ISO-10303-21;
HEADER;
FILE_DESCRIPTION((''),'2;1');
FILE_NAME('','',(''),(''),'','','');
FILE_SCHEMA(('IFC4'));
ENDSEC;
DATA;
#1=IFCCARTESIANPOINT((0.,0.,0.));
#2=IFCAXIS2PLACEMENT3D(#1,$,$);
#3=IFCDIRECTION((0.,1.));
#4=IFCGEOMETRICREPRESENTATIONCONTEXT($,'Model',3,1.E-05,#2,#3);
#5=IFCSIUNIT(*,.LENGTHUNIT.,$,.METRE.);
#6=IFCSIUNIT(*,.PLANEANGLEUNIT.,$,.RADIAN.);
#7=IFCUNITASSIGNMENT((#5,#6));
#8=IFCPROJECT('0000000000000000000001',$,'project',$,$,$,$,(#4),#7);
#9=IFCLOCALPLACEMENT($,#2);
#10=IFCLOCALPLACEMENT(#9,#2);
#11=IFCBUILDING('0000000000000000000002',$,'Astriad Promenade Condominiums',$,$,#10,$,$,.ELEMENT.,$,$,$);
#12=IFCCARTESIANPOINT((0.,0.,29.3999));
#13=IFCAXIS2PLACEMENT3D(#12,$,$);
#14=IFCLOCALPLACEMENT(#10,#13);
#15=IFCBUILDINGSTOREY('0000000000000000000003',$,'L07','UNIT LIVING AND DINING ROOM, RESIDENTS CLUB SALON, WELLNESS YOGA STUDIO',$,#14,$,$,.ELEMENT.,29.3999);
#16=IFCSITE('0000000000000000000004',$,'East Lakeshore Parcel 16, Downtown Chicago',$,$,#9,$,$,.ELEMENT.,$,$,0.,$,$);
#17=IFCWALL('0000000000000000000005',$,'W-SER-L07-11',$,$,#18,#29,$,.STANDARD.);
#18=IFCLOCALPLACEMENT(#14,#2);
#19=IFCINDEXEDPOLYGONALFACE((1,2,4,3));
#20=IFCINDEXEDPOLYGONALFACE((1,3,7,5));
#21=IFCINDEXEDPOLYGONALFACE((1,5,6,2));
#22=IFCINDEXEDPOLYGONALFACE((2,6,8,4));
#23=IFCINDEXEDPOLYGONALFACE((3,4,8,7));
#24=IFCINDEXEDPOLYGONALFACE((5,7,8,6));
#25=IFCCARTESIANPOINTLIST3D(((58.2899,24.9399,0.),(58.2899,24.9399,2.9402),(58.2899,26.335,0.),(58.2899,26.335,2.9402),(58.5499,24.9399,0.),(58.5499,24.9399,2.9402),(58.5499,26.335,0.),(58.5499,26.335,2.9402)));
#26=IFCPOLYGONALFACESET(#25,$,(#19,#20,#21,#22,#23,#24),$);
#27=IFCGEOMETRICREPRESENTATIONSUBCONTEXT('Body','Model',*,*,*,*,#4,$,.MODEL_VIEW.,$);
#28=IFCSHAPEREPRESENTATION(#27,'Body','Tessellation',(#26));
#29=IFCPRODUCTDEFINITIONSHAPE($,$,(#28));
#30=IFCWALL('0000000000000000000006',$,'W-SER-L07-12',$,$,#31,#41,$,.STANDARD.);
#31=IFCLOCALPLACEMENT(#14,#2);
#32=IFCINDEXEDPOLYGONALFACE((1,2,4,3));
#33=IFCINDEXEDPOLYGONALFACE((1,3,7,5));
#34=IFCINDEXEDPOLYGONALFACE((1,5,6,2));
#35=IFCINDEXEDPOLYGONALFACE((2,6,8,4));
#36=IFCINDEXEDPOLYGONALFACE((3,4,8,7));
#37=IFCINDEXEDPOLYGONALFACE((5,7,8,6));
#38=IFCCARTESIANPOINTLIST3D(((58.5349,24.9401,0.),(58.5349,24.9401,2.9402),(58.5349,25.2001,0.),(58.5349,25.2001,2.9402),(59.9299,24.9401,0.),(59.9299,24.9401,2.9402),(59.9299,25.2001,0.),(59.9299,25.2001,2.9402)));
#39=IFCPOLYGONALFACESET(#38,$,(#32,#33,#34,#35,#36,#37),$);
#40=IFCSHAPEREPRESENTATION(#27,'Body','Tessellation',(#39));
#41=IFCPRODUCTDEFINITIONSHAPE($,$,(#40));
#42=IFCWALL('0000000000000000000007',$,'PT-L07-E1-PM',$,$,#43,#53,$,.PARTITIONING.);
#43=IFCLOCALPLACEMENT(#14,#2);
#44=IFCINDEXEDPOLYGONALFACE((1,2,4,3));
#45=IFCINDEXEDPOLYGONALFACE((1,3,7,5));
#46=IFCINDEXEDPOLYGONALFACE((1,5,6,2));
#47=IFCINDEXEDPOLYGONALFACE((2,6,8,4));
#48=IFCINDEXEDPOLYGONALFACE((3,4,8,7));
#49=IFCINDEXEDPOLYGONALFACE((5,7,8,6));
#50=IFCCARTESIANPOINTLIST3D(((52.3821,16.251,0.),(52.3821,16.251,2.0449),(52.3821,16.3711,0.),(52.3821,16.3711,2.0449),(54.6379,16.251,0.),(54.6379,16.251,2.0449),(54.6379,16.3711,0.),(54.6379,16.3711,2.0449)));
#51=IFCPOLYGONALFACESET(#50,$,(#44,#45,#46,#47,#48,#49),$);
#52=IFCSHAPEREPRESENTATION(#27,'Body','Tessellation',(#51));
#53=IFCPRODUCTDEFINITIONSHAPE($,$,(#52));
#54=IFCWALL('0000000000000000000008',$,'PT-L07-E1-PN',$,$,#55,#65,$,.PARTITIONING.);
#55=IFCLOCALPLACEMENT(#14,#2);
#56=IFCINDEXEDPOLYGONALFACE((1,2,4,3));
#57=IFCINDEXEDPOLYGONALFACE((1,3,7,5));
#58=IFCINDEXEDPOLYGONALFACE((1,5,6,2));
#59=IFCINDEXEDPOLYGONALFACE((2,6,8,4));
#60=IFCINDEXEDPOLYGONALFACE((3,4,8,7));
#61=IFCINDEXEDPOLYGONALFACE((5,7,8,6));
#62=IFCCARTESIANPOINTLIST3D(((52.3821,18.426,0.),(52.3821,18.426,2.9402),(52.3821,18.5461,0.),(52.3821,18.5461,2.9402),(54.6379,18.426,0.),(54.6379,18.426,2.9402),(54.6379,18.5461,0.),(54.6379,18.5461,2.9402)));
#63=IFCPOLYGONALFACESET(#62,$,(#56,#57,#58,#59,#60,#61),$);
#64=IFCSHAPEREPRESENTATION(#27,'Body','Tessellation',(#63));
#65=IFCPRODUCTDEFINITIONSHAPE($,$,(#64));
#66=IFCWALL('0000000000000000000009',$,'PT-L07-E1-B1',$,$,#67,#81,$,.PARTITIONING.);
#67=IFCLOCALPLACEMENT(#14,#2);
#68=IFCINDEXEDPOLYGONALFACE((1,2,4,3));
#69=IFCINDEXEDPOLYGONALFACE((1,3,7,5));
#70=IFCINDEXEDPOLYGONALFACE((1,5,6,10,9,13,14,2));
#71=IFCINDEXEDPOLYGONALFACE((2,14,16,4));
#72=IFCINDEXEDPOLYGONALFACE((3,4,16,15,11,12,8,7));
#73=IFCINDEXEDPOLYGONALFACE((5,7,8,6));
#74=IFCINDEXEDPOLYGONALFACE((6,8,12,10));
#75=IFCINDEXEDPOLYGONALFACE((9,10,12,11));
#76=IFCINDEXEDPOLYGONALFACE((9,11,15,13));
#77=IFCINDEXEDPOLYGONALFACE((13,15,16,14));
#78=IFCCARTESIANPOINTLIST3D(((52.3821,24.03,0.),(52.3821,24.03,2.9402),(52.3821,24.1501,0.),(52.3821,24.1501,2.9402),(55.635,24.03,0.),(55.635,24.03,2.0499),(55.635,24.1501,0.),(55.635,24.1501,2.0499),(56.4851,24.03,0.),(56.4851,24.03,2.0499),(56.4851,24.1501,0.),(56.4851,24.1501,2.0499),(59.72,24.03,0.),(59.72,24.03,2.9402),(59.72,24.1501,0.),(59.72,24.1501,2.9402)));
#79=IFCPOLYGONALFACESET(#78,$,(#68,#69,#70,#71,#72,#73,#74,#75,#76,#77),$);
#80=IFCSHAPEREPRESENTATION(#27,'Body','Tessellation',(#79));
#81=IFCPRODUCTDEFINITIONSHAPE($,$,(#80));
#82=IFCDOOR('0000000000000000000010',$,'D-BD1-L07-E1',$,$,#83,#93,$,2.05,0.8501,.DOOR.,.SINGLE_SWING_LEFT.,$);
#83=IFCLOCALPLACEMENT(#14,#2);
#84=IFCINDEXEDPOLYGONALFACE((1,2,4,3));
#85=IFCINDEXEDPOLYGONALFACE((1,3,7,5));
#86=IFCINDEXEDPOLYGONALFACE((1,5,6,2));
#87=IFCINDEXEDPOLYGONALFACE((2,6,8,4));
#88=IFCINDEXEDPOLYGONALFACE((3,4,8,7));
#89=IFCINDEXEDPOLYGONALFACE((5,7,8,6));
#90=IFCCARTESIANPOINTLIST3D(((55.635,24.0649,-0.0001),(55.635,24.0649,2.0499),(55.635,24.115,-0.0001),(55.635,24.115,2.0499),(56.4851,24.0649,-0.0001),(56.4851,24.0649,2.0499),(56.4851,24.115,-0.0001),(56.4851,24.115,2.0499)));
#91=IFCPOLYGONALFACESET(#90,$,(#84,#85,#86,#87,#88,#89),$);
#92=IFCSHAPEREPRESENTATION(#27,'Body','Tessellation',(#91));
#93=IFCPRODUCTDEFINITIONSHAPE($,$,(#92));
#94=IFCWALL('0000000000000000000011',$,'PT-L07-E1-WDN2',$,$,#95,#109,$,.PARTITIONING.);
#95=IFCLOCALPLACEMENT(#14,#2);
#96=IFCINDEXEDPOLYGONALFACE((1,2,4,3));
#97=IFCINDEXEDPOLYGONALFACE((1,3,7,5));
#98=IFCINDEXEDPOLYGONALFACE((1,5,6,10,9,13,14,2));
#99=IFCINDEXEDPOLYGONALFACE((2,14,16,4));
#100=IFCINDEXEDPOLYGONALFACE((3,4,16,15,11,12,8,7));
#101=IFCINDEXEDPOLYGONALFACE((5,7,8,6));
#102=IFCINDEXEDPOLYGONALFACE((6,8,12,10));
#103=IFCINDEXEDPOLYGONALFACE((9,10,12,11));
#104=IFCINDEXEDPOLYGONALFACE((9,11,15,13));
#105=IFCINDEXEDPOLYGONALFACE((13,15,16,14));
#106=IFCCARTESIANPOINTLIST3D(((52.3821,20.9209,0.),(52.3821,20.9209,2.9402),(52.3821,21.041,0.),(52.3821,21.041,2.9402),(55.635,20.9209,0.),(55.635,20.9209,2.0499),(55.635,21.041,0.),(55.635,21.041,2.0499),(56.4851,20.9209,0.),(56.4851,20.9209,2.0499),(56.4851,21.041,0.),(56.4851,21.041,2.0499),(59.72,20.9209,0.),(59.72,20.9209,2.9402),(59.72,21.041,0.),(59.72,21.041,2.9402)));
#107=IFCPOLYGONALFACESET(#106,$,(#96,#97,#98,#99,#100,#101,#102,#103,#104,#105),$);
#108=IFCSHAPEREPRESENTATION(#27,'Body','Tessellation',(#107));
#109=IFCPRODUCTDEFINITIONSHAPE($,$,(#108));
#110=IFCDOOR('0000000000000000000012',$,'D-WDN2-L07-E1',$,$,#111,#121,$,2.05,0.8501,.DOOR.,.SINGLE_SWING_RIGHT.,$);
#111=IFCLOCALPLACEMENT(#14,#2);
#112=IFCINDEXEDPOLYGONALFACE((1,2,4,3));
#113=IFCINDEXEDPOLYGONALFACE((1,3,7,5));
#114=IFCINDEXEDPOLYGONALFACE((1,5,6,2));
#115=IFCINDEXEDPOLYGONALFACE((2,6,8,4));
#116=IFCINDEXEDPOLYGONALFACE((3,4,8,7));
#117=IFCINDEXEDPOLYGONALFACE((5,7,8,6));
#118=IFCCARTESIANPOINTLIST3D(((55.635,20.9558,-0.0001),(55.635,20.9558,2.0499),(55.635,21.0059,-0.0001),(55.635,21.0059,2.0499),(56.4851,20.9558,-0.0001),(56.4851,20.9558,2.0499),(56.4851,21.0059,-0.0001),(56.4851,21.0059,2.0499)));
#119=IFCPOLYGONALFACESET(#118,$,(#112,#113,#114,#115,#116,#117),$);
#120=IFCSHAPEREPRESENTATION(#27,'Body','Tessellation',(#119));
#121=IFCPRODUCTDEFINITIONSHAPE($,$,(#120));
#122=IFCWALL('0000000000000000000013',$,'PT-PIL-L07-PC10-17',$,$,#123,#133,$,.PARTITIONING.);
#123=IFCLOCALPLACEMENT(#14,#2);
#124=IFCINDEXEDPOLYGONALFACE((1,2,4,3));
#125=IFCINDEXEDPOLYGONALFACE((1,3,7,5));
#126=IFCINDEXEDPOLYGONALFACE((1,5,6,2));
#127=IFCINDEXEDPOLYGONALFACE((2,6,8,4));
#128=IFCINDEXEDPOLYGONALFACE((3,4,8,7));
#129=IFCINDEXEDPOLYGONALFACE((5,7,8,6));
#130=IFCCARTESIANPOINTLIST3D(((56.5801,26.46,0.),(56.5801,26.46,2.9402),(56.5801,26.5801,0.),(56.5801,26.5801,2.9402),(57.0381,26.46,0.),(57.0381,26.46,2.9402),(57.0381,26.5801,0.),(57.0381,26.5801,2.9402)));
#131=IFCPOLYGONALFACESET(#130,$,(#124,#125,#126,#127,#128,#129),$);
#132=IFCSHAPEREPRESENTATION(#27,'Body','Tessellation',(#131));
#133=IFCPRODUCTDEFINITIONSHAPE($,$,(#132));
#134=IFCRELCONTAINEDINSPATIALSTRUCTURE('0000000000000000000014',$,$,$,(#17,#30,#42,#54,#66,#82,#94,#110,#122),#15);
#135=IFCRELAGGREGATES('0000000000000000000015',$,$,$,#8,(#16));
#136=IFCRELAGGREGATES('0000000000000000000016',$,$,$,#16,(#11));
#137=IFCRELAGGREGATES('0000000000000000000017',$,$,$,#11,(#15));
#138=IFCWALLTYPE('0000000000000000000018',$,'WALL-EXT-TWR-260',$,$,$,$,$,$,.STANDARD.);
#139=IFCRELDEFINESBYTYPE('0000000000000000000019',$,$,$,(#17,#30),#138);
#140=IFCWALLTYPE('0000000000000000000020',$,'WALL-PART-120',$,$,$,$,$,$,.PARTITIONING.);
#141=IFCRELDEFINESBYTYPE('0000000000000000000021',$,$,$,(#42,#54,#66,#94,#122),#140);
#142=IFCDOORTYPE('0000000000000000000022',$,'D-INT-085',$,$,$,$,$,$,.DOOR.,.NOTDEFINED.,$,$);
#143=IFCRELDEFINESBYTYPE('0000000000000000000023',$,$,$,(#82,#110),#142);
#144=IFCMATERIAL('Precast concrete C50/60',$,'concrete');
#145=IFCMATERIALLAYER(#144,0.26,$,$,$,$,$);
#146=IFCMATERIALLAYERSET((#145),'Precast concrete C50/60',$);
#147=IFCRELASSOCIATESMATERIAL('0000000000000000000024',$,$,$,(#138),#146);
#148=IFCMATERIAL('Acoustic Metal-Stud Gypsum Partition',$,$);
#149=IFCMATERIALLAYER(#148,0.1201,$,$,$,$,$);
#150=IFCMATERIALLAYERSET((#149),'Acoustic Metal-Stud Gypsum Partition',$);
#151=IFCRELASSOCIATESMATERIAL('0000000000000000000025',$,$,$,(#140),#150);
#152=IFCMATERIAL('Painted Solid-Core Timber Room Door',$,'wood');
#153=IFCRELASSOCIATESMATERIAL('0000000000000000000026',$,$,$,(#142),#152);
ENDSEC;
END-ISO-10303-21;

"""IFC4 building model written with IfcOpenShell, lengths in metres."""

from ifc_helpers import new_model, si_unit, direction, frame, frame_2d, origin, place, context, subcontext, project, spatial, rectangle, extrude, source, transform, mapped, material, layer, layer_set, type_object, type_shapes, element, fill, save


model = new_model("IFC4")

# Units and contexts
model_context = context("Model", 3, precision=1e-05, world=origin(), true_north=direction((0.0, 1.0)))
body_context = subcontext(model_context, "Body", "Model", "MODEL_VIEW")
ifc_project = project(units=[si_unit("LENGTHUNIT", "METRE"), si_unit("PLANEANGLEUNIT", "RADIAN")], contexts=[model_context])

# Site, building, storey
site_placement = place(None, origin())
site = spatial("IfcSite", under=ifc_project, at=site_placement, Name="East Lakeshore Parcel 16, Downtown Chicago", CompositionType="ELEMENT", RefElevation=0.0)
building_placement = place(site_placement, origin())
building = spatial("IfcBuilding", under=site, at=building_placement, Name="Astriad Promenade Condominiums", CompositionType="ELEMENT")
storey_placement = place(building_placement, frame((0.0, 0.0, 29.3999)))
storey = spatial("IfcBuildingStorey", under=building, at=storey_placement, Name="L07", Description="UNIT LIVING AND DINING ROOM, RESIDENTS CLUB SALON, WELLNESS YOGA STUDIO", CompositionType="ELEMENT", Elevation=29.3999)

# Walls
ifc_material_1 = material(Name="Precast concrete C50/60", Category="concrete")
ifc_layer_1 = layer(ifc_material_1, 0.26)
ifc_layer_set_1 = layer_set([ifc_layer_1], Name="Precast concrete C50/60")
wall_type_1 = type_object("IfcWallType", Name="WALL-EXT-TWR-260", PredefinedType="STANDARD", material=ifc_layer_set_1)
for number, where, z_axis, x_axis, name in (
    (1, (58.4199, 26.335, 0.0), (0.0, 0.0, 1.0), (0.0, -1.0, 0.0), "W-SER-L07-11"),
    (2, (58.5349, 25.0701, 0.0), (0.0, 0.0, 1.0), (1.0, 0.0, 0.0), "W-SER-L07-12"),
):
    element("IfcWall", number, at=place(storey_placement, frame(where, z_axis=z_axis, x_axis=x_axis)), inside=storey, type_object=wall_type_1, Name=name, PredefinedType="STANDARD", context=body_context, shape_type="SweptSolid", body=[
        extrude(rectangle(XDim=1.395, YDim=0.26, at=frame_2d((0.6975, 0.0))), origin(), (0.0, 0.0, 1.0), 2.9402),
    ])
ifc_material_2 = material(Name="Acoustic Metal-Stud Gypsum Partition")
ifc_layer_2 = layer(ifc_material_2, 0.1201)
ifc_layer_set_2 = layer_set([ifc_layer_2], Name="Acoustic Metal-Stud Gypsum Partition")
wall_type_2 = type_object("IfcWallType", Name="WALL-PART-120", PredefinedType="PARTITIONING", material=ifc_layer_set_2)
wall_1_placement = place(storey_placement, frame((52.3821, 16.311, 0.0), z_axis=(0.0, 0.0, 1.0), x_axis=(1.0, 0.0, 0.0)))
element("IfcWall", 3, at=wall_1_placement, inside=storey, type_object=wall_type_2, Name="PT-L07-E1-PM", PredefinedType="PARTITIONING", context=body_context, shape_type="SweptSolid", body=[
    extrude(rectangle(XDim=2.2559, YDim=0.1201, at=frame_2d((1.1279, 0.0))), origin(), (0.0, 0.0, 1.0), 2.0449),
])
wall_2_placement = place(storey_placement, frame((52.3821, 18.4861, 0.0), z_axis=(0.0, 0.0, 1.0), x_axis=(1.0, 0.0, 0.0)))
element("IfcWall", 4, at=wall_2_placement, inside=storey, type_object=wall_type_2, Name="PT-L07-E1-PN", PredefinedType="PARTITIONING", context=body_context, shape_type="SweptSolid", body=[
    extrude(rectangle(XDim=2.2559, YDim=0.1201, at=frame_2d((1.1279, 0.0))), origin(), (0.0, 0.0, 1.0), 2.9402),
])

# Walls, openings, doors
wall_3_placement = place(storey_placement, frame((52.3821, 24.0901, 0.0), z_axis=(0.0, 0.0, 1.0), x_axis=(1.0, 0.0, 0.0)))
wall_3 = element("IfcWall", 5, at=wall_3_placement, inside=storey, type_object=wall_type_2, Name="PT-L07-E1-B1", PredefinedType="PARTITIONING", context=body_context, shape_type="SweptSolid", body=[
    extrude(rectangle(XDim=7.3379, YDim=0.1201, at=frame_2d((3.6689, 0.0))), origin(), (0.0, 0.0, 1.0), 2.9402),
])
opening_1_placement = place(wall_3_placement, frame((3.2529, 0.0, 0.0)))
opening_1 = element("IfcOpeningElement", 6, at=opening_1_placement, cuts=wall_3, PredefinedType="OPENING", context=body_context, shape_type="SweptSolid", body=[
    extrude(rectangle(XDim=0.8501, YDim=2.05, at=frame_2d((0.425, 1.0249))), frame((0.0, 0.0701, 0.0), z_axis=(0.0, -1.0, 0.0), x_axis=(1.0, 0.0, 0.0)), (0.0, 0.0, 1.0), 0.1401),
])
ifc_material_3 = material(Name="Painted Solid-Core Timber Room Door", Category="wood")
door_type = type_object("IfcDoorType", Name="D-INT-085", OperationType="NOTDEFINED", PredefinedType="DOOR", material=ifc_material_3)
shared_shape_1 = source(origin(), body_context, "Body", "SweptSolid", [
    extrude(rectangle(XDim=0.8501, YDim=2.05, at=frame_2d((0.425, 1.0249))), frame((0.0, 0.0249, 0.0), z_axis=(0.0, -1.0, 0.0), x_axis=(1.0, 0.0, 0.0)), (0.0, 0.0, 1.0), 0.05),
])
type_shapes(door_type, [shared_shape_1])
door_1_placement = place(opening_1_placement, origin())
door_1 = element("IfcDoor", 7, at=door_1_placement, inside=storey, type_object=door_type, Name="D-BD1-L07-E1", OperationType="SINGLE_SWING_LEFT", OverallHeight=2.05, OverallWidth=0.8501, PredefinedType="DOOR", context=body_context, shape_type="MappedRepresentation", body=[
    mapped(shared_shape_1, transform((0.0, 0.0, 0.0), scale=1.0)),
])
fill(opening_1, door_1)
wall_4_placement = place(storey_placement, frame((52.3821, 20.981, 0.0), z_axis=(0.0, 0.0, 1.0), x_axis=(1.0, 0.0, 0.0)))
wall_4 = element("IfcWall", 8, at=wall_4_placement, inside=storey, type_object=wall_type_2, Name="PT-L07-E1-WDN2", PredefinedType="PARTITIONING", context=body_context, shape_type="SweptSolid", body=[
    extrude(rectangle(XDim=7.3379, YDim=0.1201, at=frame_2d((3.6689, 0.0))), origin(), (0.0, 0.0, 1.0), 2.9402),
])
opening_2_placement = place(wall_4_placement, frame((3.2529, 0.0, 0.0)))
opening_2 = element("IfcOpeningElement", 9, at=opening_2_placement, cuts=wall_4, PredefinedType="OPENING", context=body_context, shape_type="SweptSolid", body=[
    extrude(rectangle(XDim=0.8501, YDim=2.05, at=frame_2d((0.425, 1.0249))), frame((0.0, 0.0701, 0.0), z_axis=(0.0, -1.0, 0.0), x_axis=(1.0, 0.0, 0.0)), (0.0, 0.0, 1.0), 0.1401),
])
door_2_placement = place(opening_2_placement, origin())
door_2 = element("IfcDoor", 10, at=door_2_placement, inside=storey, type_object=door_type, Name="D-WDN2-L07-E1", OperationType="SINGLE_SWING_RIGHT", OverallHeight=2.05, OverallWidth=0.8501, PredefinedType="DOOR", context=body_context, shape_type="MappedRepresentation", body=[
    mapped(shared_shape_1, transform((0.0, 0.0, 0.0), scale=1.0)),
])
fill(opening_2, door_2)

# Wall
wall_5_placement = place(storey_placement, frame((56.5801, 26.52, 0.0), z_axis=(0.0, 0.0, 1.0), x_axis=(1.0, 0.0, 0.0)))
element("IfcWall", 11, at=wall_5_placement, inside=storey, type_object=wall_type_2, Name="PT-PIL-L07-PC10-17", PredefinedType="PARTITIONING", context=body_context, shape_type="SweptSolid", body=[
    extrude(rectangle(XDim=0.458, YDim=0.1201, at=frame_2d((0.229, 0.0))), origin(), (0.0, 0.0, 1.0), 2.9402),
])

save(model, "model.ifc")
